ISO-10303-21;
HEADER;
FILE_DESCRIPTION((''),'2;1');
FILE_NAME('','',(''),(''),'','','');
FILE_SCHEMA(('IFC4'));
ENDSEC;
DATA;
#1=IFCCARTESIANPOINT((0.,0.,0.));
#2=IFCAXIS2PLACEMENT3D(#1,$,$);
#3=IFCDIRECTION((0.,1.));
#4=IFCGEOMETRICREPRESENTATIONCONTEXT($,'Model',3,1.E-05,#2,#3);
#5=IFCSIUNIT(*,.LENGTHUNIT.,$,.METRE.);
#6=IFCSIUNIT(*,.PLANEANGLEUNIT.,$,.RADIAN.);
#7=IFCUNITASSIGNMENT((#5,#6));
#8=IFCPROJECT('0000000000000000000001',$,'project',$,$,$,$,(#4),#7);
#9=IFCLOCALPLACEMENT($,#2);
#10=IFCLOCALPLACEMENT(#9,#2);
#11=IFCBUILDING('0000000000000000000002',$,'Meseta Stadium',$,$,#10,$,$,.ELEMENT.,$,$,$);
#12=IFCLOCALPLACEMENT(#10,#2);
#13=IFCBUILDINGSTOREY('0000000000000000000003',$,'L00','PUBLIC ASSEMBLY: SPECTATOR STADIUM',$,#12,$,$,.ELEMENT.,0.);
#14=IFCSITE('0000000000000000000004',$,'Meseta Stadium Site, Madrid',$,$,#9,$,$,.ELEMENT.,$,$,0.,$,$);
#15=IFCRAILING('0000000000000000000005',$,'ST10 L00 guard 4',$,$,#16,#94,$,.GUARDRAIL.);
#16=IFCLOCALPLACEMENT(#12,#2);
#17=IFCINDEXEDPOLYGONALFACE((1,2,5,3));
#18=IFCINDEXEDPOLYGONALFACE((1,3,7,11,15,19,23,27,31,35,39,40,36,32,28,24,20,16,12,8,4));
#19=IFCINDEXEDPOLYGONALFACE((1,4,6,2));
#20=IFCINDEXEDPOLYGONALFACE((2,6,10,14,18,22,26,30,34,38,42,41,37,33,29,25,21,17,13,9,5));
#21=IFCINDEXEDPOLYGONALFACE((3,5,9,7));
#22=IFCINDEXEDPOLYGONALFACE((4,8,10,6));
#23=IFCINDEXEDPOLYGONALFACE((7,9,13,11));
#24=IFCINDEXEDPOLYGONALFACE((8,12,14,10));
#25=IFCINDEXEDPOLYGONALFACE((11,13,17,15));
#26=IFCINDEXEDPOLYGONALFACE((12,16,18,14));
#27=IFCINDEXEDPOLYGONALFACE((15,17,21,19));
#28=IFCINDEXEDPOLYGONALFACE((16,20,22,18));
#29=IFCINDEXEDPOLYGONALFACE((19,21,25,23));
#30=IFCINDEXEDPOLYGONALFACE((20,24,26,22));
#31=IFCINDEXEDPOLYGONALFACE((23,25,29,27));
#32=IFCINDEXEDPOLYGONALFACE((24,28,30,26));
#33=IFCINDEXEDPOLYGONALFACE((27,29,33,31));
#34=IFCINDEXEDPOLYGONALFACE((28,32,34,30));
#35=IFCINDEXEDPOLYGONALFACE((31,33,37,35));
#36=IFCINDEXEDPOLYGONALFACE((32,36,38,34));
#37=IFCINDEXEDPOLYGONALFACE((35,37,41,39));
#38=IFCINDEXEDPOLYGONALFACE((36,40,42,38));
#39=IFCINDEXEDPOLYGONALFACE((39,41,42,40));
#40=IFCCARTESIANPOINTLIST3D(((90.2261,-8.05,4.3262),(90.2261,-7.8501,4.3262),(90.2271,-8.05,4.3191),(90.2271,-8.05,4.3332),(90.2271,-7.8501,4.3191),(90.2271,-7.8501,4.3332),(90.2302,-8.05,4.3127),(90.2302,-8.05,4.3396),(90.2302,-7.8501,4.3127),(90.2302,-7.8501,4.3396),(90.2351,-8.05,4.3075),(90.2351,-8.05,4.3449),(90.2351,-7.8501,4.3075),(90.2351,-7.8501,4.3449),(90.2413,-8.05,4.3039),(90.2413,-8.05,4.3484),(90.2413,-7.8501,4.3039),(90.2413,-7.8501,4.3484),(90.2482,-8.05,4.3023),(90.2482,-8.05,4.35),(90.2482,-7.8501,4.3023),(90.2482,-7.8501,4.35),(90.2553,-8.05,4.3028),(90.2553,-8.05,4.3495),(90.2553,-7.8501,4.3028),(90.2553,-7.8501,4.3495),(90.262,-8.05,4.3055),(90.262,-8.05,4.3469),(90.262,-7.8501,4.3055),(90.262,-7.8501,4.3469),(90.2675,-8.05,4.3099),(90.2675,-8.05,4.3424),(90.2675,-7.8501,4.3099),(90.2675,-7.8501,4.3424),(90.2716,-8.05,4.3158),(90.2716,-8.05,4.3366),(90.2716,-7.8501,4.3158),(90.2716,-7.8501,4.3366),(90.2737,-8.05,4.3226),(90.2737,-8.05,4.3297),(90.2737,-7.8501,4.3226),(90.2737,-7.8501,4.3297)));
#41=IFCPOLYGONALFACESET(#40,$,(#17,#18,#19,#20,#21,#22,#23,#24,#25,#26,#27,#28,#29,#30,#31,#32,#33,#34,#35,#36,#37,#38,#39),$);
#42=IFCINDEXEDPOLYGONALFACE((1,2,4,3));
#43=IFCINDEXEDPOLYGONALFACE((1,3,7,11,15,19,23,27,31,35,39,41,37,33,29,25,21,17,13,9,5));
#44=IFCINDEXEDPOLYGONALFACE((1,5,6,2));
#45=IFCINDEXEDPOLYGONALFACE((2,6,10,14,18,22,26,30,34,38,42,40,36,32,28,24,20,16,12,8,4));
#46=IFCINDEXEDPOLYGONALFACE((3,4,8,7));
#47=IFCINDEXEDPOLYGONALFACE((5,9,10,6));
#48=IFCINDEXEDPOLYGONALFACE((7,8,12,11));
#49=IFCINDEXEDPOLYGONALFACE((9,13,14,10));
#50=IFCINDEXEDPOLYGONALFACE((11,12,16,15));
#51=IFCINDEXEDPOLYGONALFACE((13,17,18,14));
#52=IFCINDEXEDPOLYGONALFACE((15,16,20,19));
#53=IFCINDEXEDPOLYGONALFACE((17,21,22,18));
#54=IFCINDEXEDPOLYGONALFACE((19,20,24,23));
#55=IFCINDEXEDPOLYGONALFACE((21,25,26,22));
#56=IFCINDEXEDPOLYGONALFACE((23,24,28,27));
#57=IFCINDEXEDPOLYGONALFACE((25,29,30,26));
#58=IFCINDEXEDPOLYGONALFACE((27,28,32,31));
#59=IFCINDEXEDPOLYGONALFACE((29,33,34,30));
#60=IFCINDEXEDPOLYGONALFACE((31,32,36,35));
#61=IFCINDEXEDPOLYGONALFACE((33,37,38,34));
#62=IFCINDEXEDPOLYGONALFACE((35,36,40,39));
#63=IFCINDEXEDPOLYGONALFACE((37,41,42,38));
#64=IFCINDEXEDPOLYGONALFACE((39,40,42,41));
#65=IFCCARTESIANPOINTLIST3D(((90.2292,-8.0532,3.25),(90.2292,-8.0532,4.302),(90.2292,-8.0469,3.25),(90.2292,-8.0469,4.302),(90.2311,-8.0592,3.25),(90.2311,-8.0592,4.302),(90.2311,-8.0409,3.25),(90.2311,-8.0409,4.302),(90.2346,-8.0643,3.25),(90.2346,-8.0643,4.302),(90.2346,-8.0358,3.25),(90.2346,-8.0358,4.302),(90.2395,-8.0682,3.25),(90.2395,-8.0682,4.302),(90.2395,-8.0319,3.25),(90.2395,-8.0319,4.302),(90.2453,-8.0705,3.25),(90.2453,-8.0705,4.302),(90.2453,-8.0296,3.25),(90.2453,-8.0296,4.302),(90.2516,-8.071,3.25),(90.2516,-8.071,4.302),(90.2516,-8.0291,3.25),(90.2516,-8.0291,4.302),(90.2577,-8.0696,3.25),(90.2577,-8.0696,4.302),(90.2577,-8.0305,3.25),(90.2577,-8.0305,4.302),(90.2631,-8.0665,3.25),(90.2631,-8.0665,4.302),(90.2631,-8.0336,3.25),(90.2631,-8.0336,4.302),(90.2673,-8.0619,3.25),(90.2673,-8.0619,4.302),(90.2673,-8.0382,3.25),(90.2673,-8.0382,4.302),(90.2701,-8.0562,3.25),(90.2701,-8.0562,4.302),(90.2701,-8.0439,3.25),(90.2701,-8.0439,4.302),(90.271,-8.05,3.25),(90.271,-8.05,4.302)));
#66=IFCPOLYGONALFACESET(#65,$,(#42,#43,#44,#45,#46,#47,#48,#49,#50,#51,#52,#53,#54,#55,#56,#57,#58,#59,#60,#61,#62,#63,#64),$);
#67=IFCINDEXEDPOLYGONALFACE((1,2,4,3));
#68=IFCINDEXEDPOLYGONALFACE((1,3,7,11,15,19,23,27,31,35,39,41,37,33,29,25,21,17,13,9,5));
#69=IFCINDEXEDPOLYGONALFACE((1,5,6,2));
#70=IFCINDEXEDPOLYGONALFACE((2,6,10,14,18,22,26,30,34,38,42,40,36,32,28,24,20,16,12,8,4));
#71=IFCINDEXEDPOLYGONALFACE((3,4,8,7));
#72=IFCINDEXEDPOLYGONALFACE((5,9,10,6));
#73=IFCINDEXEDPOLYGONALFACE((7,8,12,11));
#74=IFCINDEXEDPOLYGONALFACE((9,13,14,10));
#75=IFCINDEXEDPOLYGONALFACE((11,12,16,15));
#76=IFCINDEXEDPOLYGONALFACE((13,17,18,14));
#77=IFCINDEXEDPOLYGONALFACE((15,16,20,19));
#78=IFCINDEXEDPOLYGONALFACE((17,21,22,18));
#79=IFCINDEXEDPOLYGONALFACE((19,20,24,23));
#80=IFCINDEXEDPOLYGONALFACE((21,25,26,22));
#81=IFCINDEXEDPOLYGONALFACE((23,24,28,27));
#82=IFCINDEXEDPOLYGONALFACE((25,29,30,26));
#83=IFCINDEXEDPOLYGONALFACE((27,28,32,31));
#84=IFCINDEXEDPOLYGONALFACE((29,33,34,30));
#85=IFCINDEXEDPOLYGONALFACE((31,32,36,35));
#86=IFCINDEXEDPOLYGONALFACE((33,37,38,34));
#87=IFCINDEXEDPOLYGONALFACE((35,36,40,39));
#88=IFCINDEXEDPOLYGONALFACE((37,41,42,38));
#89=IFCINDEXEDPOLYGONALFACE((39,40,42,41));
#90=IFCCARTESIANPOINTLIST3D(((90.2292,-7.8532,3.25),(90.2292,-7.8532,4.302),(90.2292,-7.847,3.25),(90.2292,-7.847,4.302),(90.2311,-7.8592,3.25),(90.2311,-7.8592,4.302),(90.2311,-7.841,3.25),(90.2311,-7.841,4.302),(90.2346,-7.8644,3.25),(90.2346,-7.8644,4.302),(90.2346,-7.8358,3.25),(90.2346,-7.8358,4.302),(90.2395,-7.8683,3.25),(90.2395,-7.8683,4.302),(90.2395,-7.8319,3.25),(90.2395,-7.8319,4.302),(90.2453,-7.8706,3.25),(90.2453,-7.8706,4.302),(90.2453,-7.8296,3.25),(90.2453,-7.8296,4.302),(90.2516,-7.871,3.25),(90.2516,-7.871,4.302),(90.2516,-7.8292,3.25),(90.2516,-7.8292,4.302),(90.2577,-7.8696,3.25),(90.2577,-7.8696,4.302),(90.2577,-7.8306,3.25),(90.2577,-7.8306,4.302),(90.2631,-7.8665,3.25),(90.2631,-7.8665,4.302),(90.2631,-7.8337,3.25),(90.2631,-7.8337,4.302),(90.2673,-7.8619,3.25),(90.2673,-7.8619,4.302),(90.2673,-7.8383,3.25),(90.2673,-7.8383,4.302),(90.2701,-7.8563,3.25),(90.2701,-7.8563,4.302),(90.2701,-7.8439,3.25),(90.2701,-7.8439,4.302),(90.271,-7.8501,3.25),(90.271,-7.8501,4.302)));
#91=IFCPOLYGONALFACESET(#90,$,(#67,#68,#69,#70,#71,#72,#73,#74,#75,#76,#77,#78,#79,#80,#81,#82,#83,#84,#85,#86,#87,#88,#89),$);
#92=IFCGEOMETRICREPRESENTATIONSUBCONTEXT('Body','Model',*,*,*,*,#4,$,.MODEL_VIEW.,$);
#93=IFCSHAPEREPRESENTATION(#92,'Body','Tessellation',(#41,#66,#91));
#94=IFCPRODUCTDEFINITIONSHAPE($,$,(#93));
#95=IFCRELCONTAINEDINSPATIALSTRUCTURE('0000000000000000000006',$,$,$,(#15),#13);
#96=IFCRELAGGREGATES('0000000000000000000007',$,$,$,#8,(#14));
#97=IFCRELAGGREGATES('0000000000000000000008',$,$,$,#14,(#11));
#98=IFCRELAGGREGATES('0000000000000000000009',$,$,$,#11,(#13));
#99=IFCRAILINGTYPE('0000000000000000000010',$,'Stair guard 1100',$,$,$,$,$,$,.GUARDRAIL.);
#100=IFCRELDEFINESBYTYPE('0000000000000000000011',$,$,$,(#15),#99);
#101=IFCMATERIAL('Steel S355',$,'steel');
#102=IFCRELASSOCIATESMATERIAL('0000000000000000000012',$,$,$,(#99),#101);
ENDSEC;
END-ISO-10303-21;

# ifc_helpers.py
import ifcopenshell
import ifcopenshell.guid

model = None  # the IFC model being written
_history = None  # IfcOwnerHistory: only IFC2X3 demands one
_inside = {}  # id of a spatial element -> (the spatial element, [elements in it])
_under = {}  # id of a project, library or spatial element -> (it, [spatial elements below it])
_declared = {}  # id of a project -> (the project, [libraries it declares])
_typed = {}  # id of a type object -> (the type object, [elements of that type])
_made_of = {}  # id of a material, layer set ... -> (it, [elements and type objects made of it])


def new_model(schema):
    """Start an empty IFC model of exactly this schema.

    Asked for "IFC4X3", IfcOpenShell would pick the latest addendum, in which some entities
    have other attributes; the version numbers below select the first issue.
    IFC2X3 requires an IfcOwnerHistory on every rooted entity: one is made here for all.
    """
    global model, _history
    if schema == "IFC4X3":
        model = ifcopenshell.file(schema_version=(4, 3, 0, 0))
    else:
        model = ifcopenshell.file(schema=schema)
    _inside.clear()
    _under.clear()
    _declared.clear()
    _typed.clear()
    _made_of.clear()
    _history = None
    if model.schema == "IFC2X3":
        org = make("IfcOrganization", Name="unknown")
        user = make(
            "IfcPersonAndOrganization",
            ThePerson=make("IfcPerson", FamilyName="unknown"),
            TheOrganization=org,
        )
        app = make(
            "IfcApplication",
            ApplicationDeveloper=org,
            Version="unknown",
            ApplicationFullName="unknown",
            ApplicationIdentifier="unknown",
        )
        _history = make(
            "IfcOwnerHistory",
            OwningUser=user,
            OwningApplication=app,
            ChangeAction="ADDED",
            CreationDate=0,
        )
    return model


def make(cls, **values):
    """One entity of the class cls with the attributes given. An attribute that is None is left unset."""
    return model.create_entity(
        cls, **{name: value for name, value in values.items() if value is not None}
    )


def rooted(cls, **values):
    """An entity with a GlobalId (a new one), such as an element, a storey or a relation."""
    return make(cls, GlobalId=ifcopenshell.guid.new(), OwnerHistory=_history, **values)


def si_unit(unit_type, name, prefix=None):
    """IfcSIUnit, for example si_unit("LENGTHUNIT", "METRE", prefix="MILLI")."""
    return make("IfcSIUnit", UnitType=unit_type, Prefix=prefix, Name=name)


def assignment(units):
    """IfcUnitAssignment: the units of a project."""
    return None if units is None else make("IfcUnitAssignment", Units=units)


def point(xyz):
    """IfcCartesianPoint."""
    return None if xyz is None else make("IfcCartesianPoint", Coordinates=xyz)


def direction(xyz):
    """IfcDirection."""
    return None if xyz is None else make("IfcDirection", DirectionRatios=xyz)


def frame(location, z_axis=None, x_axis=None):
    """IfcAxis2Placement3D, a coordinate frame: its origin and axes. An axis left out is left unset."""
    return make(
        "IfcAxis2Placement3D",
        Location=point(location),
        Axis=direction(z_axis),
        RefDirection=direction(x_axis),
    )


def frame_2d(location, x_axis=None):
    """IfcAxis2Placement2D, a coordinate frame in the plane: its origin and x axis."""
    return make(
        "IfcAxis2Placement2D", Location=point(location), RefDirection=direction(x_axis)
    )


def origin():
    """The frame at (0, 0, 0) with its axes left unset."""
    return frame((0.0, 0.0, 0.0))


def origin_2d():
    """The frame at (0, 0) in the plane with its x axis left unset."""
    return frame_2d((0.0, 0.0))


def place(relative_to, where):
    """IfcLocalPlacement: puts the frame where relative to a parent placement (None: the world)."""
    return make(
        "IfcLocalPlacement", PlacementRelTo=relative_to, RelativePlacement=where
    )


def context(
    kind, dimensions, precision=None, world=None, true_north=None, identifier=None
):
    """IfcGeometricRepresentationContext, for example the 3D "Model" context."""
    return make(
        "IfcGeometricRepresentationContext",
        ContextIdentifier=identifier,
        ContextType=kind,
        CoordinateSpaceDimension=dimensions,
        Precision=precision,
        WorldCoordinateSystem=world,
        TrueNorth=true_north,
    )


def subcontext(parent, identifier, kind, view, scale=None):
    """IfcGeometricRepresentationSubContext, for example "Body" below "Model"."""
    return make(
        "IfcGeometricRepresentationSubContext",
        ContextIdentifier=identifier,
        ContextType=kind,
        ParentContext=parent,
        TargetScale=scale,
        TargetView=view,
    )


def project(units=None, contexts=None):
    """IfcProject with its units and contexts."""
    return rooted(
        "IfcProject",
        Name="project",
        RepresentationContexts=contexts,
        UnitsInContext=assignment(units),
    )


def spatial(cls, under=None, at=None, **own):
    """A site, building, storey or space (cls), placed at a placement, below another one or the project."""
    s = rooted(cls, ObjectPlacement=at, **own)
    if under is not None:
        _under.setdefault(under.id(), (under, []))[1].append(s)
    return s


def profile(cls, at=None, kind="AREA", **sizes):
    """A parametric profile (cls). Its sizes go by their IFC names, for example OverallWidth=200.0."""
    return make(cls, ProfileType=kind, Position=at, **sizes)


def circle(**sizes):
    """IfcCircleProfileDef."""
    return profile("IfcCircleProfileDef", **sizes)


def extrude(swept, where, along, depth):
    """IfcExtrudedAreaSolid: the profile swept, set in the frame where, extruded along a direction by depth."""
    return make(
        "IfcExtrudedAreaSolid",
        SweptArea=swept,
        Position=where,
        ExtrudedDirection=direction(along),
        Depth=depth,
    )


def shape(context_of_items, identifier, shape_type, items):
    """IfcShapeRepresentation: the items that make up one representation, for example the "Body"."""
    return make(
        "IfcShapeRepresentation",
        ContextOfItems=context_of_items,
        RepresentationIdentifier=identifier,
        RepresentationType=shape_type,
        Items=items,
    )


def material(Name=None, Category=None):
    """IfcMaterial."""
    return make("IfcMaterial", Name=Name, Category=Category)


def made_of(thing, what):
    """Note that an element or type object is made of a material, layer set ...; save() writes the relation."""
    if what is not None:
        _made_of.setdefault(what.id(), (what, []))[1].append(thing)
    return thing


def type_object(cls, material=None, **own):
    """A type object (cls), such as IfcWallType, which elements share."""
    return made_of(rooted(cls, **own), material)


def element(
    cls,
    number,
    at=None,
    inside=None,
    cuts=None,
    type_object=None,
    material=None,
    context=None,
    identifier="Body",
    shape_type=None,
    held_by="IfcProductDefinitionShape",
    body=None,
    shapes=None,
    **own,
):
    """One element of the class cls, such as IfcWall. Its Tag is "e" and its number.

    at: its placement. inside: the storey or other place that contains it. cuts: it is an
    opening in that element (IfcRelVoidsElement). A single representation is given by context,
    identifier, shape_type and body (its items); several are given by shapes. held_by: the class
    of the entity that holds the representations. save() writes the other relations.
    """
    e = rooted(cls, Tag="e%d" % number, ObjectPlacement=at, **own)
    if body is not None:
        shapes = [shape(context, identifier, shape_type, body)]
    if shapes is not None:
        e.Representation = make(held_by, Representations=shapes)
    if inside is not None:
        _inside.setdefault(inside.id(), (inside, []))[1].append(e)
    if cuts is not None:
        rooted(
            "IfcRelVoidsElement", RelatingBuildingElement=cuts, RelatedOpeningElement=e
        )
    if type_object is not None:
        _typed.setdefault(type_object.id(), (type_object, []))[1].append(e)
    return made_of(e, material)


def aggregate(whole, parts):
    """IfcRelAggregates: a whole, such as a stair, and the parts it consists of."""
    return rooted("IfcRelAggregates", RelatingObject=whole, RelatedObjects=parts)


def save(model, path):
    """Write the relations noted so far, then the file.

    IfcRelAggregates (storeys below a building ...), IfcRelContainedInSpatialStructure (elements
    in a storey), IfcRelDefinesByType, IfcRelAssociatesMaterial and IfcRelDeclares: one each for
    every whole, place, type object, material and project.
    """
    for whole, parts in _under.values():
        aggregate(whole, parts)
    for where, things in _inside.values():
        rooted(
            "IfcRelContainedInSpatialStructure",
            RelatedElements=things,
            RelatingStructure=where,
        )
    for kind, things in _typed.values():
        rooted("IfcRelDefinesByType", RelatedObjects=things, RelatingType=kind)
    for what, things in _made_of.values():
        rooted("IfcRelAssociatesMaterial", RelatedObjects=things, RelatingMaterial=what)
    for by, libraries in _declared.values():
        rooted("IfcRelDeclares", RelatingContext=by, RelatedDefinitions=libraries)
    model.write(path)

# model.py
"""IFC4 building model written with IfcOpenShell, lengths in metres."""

from ifc_helpers import new_model, si_unit, direction, frame, origin, origin_2d, place, context, subcontext, project, spatial, circle, extrude, material, type_object, element, save


model = new_model("IFC4")

# Units and contexts
model_context = context("Model", 3, precision=1e-05, world=origin(), true_north=direction((0.0, 1.0)))
body_context = subcontext(model_context, "Body", "Model", "MODEL_VIEW")
ifc_project = project(units=[si_unit("LENGTHUNIT", "METRE"), si_unit("PLANEANGLEUNIT", "RADIAN")], contexts=[model_context])

# Site, building, storey
site_placement = place(None, origin())
site = spatial("IfcSite", under=ifc_project, at=site_placement, Name="Meseta Stadium Site, Madrid", CompositionType="ELEMENT", RefElevation=0.0)
building_placement = place(site_placement, origin())
building = spatial("IfcBuilding", under=site, at=building_placement, Name="Meseta Stadium", CompositionType="ELEMENT")
storey_placement = place(building_placement, origin())
storey = spatial("IfcBuildingStorey", under=building, at=storey_placement, Name="L00", Description="PUBLIC ASSEMBLY: SPECTATOR STADIUM", CompositionType="ELEMENT", Elevation=0.0)

# Railing
ifc_material_1 = material(Name="Steel S355", Category="steel")
railing_type_1 = type_object("IfcRailingType", Name="Stair guard 1100", PredefinedType="GUARDRAIL", material=ifc_material_1)
railing_1_placement = place(storey_placement, frame((90.25, -8.05, 3.25)))
element("IfcRailing", 1, at=railing_1_placement, inside=storey, type_object=railing_type_1, Name="ST10 L00 guard 4", PredefinedType="GUARDRAIL", context=body_context, shape_type="SweptSolid", body=[
    extrude(circle(Radius=0.0239, at=origin_2d()), frame((0.0, 0.0, 1.0762), z_axis=(0.0, 1.0, 0.0), x_axis=(-1.0, 0.0, 0.0)), (0.0, 0.0, 1.0), 0.2),
    extrude(circle(Radius=0.021, at=origin_2d()), origin(), (0.0, 0.0, 1.0), 1.052),
    extrude(circle(Radius=0.021, at=origin_2d()), frame((0.0, 0.2, 0.0)), (0.0, 0.0, 1.0), 1.052),
])

save(model, "model.ifc")
